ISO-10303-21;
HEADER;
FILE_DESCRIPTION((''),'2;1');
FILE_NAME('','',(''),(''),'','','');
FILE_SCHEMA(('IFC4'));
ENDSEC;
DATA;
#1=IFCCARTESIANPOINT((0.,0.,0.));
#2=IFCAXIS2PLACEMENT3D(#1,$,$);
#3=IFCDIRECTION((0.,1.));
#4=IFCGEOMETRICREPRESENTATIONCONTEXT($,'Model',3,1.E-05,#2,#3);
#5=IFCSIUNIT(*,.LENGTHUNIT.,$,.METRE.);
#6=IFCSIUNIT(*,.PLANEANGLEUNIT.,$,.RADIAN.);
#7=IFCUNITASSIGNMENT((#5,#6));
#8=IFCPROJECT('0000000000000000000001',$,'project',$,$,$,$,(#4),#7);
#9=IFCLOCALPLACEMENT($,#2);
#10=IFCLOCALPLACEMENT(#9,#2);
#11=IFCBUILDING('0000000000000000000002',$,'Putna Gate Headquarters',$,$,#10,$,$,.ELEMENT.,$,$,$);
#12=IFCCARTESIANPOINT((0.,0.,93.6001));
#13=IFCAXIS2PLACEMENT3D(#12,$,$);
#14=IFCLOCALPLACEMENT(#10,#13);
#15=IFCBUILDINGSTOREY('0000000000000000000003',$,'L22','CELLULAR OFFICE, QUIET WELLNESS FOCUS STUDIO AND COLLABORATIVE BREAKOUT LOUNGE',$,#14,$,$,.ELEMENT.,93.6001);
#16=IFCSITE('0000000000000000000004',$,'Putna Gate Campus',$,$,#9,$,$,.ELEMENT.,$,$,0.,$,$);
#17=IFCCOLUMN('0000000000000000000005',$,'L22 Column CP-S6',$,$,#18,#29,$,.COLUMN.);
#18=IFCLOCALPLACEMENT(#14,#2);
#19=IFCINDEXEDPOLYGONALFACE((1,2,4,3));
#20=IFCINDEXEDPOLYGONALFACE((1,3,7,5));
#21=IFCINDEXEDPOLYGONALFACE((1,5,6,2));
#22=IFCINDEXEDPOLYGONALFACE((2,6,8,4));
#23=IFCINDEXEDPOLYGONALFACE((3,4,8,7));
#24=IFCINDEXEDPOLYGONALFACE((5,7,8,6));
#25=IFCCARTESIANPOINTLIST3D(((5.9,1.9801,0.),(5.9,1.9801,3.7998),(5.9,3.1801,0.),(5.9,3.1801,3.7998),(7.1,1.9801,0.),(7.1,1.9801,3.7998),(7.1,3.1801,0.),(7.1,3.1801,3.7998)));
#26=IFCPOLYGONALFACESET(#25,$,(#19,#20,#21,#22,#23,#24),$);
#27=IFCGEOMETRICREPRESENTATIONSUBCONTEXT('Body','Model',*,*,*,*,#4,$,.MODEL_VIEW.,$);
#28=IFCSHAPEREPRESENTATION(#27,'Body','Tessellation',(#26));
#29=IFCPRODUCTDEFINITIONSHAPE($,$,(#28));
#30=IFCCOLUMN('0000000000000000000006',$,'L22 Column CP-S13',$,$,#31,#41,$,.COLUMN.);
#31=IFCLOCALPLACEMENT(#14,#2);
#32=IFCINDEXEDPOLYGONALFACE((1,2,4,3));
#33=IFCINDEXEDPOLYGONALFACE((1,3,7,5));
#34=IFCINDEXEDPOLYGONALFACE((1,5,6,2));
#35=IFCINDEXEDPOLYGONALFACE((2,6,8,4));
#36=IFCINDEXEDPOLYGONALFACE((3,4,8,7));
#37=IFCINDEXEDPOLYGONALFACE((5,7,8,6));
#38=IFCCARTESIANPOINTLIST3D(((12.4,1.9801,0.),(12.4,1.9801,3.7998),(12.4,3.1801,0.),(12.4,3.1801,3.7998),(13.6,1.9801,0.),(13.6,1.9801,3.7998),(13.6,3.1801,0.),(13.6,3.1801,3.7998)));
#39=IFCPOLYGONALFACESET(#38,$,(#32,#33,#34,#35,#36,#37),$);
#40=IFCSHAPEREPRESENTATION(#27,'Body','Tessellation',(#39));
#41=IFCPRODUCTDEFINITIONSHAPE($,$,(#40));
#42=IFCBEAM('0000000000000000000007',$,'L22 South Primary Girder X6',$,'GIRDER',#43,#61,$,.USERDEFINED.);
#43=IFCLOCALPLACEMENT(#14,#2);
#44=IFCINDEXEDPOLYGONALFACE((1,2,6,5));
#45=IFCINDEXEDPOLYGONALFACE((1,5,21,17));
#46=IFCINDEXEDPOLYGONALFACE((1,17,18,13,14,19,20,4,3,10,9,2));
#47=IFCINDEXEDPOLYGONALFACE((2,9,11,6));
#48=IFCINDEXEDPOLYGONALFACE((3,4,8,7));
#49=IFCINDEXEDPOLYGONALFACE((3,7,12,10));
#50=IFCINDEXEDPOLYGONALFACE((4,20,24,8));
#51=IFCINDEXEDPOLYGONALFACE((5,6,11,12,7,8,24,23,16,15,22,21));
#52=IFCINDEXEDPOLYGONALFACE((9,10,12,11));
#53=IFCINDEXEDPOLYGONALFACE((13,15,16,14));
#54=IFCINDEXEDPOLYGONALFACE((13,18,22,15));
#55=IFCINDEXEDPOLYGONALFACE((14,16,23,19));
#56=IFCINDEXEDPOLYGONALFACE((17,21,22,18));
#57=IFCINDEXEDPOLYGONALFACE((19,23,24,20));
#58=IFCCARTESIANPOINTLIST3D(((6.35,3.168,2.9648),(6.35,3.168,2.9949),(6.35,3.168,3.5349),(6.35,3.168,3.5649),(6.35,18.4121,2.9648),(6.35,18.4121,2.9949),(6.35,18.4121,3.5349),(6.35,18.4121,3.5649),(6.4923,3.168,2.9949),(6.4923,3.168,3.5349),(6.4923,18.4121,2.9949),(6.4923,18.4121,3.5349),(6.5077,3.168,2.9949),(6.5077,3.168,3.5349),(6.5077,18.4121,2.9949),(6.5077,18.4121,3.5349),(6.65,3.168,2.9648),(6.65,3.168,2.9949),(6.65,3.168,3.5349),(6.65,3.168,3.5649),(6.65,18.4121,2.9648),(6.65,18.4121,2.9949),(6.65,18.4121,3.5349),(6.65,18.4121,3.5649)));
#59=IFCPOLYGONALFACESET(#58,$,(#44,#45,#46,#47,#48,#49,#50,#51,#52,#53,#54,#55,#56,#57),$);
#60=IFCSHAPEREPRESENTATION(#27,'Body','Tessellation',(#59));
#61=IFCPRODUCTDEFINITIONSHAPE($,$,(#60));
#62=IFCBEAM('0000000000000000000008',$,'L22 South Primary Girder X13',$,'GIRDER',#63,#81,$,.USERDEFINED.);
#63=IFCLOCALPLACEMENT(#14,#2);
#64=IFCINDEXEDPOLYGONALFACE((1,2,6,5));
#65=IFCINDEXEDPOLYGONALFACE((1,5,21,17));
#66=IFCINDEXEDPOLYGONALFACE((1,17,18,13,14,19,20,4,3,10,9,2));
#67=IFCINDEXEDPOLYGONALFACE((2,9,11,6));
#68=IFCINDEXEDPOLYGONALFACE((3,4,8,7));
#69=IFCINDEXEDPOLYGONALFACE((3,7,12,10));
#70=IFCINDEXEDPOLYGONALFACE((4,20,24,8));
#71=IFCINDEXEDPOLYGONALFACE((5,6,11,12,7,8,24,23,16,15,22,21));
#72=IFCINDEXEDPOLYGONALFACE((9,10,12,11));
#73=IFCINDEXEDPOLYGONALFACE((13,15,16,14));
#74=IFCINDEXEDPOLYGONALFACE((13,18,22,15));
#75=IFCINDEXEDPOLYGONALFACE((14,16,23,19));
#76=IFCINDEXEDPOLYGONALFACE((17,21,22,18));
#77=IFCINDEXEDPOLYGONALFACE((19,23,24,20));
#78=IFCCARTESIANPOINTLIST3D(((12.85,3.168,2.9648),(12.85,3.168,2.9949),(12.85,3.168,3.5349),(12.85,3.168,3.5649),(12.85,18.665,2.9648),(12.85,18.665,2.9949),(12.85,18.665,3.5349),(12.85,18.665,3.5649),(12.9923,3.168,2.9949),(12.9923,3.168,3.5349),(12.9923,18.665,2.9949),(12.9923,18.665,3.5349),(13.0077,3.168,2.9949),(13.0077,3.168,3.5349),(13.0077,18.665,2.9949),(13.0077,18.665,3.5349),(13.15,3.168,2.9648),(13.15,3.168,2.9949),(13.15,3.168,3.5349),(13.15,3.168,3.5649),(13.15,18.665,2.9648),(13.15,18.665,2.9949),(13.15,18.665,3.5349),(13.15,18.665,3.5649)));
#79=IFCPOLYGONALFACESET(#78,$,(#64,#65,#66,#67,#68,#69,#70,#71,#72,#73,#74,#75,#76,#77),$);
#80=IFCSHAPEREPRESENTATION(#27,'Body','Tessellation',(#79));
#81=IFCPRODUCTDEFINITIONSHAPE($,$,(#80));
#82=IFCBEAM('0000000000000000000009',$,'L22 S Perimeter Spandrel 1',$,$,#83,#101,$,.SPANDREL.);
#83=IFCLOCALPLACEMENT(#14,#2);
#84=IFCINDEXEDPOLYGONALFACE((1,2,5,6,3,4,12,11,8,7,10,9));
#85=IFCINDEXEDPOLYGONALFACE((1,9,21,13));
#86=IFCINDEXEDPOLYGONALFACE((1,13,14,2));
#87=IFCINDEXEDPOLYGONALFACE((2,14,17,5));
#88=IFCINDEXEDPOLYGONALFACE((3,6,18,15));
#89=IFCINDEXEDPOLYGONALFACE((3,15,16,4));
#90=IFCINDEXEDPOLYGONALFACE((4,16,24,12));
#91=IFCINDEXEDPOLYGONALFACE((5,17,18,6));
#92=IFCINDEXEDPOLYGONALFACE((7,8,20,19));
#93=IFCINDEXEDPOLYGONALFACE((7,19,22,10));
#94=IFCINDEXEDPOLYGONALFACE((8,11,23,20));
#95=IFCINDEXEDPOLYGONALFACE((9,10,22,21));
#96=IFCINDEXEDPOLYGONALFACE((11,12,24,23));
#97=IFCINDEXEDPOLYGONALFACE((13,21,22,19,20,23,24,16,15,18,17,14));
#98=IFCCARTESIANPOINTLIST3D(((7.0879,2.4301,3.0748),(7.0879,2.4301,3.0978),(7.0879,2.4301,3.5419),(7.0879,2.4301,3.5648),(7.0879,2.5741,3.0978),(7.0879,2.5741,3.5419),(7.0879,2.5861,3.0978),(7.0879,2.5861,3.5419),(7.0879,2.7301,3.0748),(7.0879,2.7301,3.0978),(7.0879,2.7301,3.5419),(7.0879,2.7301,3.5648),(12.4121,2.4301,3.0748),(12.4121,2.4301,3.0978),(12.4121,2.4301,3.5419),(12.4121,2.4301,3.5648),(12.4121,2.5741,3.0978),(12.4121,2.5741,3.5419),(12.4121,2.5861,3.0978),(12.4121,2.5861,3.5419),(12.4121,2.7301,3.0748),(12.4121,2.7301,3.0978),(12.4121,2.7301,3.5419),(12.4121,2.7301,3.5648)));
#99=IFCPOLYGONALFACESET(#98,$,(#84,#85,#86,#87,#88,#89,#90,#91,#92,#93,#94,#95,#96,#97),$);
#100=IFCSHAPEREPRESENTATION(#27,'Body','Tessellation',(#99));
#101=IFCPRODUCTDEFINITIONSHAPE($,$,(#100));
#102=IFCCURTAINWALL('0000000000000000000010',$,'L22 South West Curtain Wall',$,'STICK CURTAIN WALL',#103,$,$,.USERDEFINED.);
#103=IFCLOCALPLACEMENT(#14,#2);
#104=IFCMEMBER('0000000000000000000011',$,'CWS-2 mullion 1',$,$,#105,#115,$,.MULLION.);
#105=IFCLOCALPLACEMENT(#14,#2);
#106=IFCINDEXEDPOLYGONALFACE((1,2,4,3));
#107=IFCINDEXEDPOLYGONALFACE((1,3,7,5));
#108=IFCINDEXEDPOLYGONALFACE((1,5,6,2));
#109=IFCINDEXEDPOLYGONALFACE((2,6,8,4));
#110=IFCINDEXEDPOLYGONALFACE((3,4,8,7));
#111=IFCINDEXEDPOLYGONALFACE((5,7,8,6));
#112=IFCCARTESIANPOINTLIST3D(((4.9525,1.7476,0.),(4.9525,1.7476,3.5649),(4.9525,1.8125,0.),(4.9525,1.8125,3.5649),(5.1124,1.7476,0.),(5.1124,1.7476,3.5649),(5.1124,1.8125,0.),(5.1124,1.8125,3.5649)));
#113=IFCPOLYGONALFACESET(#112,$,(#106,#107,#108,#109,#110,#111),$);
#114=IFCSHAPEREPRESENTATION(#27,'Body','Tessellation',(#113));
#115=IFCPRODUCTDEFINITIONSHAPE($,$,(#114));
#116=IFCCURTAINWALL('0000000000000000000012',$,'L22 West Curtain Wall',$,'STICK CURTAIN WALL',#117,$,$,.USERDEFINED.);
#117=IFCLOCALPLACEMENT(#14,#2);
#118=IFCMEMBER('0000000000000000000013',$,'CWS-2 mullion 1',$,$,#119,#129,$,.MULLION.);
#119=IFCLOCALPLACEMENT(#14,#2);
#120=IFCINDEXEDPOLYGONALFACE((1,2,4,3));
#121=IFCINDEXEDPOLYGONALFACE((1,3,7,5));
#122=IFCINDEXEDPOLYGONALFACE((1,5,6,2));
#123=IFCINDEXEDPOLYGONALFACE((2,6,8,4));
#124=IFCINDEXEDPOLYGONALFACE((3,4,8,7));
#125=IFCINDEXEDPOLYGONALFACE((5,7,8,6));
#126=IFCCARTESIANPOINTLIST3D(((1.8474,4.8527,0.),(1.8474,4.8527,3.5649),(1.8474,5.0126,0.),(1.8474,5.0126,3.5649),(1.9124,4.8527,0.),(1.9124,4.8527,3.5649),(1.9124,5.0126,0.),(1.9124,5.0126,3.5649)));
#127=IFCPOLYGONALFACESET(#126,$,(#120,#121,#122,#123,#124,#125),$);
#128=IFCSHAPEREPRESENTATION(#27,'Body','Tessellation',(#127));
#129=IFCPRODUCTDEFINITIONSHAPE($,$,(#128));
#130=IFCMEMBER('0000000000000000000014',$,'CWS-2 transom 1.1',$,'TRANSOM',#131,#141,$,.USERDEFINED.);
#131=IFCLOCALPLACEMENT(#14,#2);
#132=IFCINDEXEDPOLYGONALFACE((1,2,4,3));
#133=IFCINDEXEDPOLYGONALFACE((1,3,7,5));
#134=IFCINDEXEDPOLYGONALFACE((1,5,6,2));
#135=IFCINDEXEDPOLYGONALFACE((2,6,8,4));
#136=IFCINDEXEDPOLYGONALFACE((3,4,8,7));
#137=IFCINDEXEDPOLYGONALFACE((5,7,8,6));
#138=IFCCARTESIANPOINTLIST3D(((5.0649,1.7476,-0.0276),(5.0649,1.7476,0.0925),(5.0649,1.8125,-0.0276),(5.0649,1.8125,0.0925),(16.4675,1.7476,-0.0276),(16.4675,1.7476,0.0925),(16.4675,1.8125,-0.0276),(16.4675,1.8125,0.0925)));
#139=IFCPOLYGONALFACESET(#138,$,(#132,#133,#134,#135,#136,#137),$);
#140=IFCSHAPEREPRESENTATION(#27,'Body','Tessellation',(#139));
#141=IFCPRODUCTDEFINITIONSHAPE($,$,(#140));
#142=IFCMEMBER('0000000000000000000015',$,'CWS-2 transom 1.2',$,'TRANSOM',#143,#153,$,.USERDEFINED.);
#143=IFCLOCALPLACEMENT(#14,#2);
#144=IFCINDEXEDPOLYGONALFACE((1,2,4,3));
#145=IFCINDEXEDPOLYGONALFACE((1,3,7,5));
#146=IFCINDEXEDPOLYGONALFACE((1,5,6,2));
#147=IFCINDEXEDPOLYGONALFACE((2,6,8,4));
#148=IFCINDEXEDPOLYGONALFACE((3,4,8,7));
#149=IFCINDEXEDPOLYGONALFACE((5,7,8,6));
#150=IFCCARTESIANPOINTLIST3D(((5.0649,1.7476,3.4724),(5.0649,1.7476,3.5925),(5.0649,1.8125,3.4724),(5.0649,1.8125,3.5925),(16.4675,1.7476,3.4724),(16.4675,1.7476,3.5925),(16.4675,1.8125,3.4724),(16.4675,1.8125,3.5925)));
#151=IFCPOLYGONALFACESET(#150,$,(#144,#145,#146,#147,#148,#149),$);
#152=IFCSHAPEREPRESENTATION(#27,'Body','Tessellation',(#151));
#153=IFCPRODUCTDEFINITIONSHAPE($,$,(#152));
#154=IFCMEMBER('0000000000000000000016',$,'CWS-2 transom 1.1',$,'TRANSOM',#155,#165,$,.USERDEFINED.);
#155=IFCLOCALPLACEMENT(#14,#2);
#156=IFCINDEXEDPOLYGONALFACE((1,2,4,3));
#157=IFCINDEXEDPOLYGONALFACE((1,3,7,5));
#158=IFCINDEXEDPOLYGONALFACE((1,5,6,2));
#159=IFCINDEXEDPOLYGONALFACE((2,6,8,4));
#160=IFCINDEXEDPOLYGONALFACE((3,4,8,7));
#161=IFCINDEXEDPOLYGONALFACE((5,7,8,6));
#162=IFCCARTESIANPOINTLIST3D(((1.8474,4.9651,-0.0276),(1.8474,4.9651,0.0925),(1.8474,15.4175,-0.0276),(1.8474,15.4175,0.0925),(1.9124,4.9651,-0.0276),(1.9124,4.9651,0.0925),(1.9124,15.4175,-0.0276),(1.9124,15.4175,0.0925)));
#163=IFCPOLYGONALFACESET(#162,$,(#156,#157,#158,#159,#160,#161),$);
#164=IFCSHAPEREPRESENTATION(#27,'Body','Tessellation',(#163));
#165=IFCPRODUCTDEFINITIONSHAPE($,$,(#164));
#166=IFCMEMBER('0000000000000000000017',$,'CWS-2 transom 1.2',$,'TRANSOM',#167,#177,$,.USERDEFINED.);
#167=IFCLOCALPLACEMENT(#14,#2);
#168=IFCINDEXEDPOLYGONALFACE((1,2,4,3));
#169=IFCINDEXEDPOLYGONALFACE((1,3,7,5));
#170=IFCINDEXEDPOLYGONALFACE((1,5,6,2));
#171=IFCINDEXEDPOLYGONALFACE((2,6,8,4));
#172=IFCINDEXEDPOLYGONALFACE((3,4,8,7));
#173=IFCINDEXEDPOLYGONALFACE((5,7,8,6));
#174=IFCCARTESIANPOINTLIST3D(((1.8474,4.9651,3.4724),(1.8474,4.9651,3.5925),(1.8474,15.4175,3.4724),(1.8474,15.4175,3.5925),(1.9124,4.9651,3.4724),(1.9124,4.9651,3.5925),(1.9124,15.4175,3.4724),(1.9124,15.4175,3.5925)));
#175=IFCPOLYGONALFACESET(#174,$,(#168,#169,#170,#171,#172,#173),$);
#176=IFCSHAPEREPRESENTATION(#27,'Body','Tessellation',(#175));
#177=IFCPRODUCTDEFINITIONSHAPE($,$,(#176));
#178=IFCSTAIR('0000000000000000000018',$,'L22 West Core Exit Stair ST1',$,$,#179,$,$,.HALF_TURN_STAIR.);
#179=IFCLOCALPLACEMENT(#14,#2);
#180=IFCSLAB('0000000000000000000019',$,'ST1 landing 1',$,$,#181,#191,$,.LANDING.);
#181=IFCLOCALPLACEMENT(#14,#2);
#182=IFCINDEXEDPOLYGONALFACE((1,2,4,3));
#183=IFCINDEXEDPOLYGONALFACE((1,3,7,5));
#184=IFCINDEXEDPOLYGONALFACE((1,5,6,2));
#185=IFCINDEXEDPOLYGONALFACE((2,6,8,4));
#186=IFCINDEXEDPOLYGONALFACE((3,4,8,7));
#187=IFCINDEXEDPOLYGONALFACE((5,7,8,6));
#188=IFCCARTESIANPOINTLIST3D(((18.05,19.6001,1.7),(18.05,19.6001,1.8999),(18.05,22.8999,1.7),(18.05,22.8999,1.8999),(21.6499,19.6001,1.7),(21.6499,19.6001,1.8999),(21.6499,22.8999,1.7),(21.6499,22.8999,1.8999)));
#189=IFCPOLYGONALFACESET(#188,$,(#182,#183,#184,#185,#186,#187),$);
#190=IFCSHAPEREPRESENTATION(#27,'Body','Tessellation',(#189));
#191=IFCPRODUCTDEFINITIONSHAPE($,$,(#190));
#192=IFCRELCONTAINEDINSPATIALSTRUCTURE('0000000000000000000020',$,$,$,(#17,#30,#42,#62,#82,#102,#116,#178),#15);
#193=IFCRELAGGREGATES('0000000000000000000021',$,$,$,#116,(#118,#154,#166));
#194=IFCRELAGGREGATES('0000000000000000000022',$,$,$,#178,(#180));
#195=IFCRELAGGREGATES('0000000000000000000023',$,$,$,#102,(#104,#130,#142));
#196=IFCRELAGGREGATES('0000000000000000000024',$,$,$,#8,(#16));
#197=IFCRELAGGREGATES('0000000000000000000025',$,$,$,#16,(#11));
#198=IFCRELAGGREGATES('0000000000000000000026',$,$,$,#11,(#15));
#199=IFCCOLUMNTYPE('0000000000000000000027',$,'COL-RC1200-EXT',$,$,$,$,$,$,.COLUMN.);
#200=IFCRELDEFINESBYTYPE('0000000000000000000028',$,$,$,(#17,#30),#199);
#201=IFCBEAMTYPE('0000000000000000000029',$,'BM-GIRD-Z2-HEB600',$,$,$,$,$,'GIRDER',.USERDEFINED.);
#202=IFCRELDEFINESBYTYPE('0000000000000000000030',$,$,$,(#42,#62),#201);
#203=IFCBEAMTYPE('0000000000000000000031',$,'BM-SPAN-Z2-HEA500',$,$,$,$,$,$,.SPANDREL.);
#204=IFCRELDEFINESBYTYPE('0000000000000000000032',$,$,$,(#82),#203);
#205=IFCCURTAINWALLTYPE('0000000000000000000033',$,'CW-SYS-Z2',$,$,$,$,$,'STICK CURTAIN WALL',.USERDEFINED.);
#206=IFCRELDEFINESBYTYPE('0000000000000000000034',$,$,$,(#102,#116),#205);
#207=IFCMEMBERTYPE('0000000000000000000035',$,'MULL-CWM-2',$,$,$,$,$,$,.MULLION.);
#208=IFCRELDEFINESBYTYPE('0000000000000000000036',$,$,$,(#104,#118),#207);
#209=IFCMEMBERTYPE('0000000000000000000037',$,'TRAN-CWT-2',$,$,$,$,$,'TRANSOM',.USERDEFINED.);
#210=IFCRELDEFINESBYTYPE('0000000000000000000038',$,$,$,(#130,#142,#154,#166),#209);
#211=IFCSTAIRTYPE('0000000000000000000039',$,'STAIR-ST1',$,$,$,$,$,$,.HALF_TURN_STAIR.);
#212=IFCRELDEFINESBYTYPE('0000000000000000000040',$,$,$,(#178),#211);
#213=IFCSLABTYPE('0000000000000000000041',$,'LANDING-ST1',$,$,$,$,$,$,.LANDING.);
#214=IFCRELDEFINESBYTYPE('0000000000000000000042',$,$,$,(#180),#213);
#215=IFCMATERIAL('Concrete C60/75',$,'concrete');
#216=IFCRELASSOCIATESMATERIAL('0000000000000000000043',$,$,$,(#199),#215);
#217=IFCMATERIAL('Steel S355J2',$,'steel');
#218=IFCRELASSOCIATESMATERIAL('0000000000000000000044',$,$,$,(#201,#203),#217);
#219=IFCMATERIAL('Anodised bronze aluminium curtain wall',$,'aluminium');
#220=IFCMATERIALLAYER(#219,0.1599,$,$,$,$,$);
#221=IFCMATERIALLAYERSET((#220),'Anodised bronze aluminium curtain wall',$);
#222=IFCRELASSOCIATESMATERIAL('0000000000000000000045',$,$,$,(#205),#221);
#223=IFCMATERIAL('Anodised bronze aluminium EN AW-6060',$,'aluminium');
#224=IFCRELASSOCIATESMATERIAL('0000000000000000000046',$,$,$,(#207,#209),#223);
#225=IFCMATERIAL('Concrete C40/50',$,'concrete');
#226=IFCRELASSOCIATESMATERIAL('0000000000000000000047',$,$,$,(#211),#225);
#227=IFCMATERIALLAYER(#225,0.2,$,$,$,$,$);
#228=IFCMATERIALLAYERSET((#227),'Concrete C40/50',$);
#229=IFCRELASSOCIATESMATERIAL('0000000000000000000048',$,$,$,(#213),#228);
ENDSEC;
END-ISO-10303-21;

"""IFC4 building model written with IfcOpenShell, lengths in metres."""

from ifc_helpers import new_model, si_unit, direction, frame, origin, origin_2d, place, context, subcontext, project, spatial, polyline, rectangle, i_section, outline, extrude, material, layer, layer_set, material_profile, profile_set, type_object, element, aggregate, save


model = new_model("IFC4")

# Units and contexts
model_context = context("Model", 3, precision=1e-05, world=origin(), true_north=direction((0.0, 1.0)))
body_context = subcontext(model_context, "Body", "Model", "MODEL_VIEW")
ifc_project = project(units=[si_unit("LENGTHUNIT", "METRE"), si_unit("PLANEANGLEUNIT", "RADIAN")], contexts=[model_context])

# Site, building, storey
site_placement = place(None, origin())
site = spatial("IfcSite", under=ifc_project, at=site_placement, Name="Putna Gate Campus", CompositionType="ELEMENT", RefElevation=0.0)
building_placement = place(site_placement, origin())
building = spatial("IfcBuilding", under=site, at=building_placement, Name="Putna Gate Headquarters", CompositionType="ELEMENT")
storey_placement = place(building_placement, frame((0.0, 0.0, 93.6001)))
storey = spatial("IfcBuildingStorey", under=building, at=storey_placement, Name="L22", Description="CELLULAR OFFICE, QUIET WELLNESS FOCUS STUDIO AND COLLABORATIVE BREAKOUT LOUNGE", CompositionType="ELEMENT", Elevation=93.6001)

# Columns
ifc_material_1 = material(Name="Concrete C60/75", Category="concrete")
ifc_material_profile_1 = material_profile(ifc_material_1, rectangle(XDim=1.2, YDim=1.2, at=origin_2d()), Name="Concrete C60/75")
ifc_profile_set_1 = profile_set([ifc_material_profile_1], Name="Concrete C60/75")
column_type = type_object("IfcColumnType", Name="COL-RC1200-EXT", PredefinedType="COLUMN", material=ifc_profile_set_1)
for number, where, z_axis, x_axis, name in (
    (1, (6.5, 2.5801, 0.0), (0.0, 0.0, 1.0), (1.0, 0.0, 0.0), "L22 Column CP-S6"),
    (2, (13.0, 2.5801, 0.0), (0.0, 0.0, 1.0), (1.0, 0.0, 0.0), "L22 Column CP-S13"),
):
    element("IfcColumn", number, at=place(storey_placement, frame(where, z_axis=z_axis, x_axis=x_axis)), inside=storey, type_object=column_type, Name=name, PredefinedType="COLUMN", context=body_context, shape_type="SweptSolid", body=[
        extrude(rectangle(XDim=1.2, YDim=1.2, at=origin_2d()), origin(), (0.0, 0.0, 1.0), 3.7998),
    ])

# Beams
ifc_material_2 = material(Name="Steel S355J2", Category="steel")
ifc_material_profile_2 = material_profile(ifc_material_2, i_section(OverallWidth=0.3, OverallDepth=0.6001, WebThickness=0.0154, FlangeThickness=0.03, at=origin_2d()), Name="Steel S355J2")
ifc_profile_set_2 = profile_set([ifc_material_profile_2], Name="Steel S355J2")
beam_type_1 = type_object("IfcBeamType", Name="BM-GIRD-Z2-HEB600", ElementType="GIRDER", PredefinedType="USERDEFINED", material=ifc_profile_set_2)
beam_1_placement = place(storey_placement, frame((6.5, 3.168, 3.2649), z_axis=(0.0, 1.0, 0.0), x_axis=(-1.0, 0.0, 0.0)))
element("IfcBeam", 3, at=beam_1_placement, inside=storey, type_object=beam_type_1, Name="L22 South Primary Girder X6", ObjectType="GIRDER", PredefinedType="USERDEFINED", context=body_context, shape_type="SweptSolid", body=[
    extrude(i_section(OverallWidth=0.3, OverallDepth=0.6001, WebThickness=0.0154, FlangeThickness=0.03, at=origin_2d()), origin(), (0.0, 0.0, 1.0), 15.2441),
])
beam_2_placement = place(storey_placement, frame((13.0, 3.168, 3.2649), z_axis=(0.0, 1.0, 0.0), x_axis=(-1.0, 0.0, 0.0)))
element("IfcBeam", 4, at=beam_2_placement, inside=storey, type_object=beam_type_1, Name="L22 South Primary Girder X13", ObjectType="GIRDER", PredefinedType="USERDEFINED", context=body_context, shape_type="SweptSolid", body=[
    extrude(i_section(OverallWidth=0.3, OverallDepth=0.6001, WebThickness=0.0154, FlangeThickness=0.03, at=origin_2d()), origin(), (0.0, 0.0, 1.0), 15.4971),
])
ifc_material_profile_3 = material_profile(ifc_material_2, i_section(OverallWidth=0.3, OverallDepth=0.49, WebThickness=0.012, FlangeThickness=0.0229, at=origin_2d()), Name="Steel S355J2")
ifc_profile_set_3 = profile_set([ifc_material_profile_3], Name="Steel S355J2")
beam_type_2 = type_object("IfcBeamType", Name="BM-SPAN-Z2-HEA500", PredefinedType="SPANDREL", material=ifc_profile_set_3)
beam_3_placement = place(storey_placement, frame((7.0879, 2.5801, 3.3198), z_axis=(1.0, 0.0, 0.0), x_axis=(0.0, 1.0, 0.0)))
element("IfcBeam", 5, at=beam_3_placement, inside=storey, type_object=beam_type_2, Name="L22 S Perimeter Spandrel 1", PredefinedType="SPANDREL", context=body_context, shape_type="SweptSolid", body=[
    extrude(i_section(OverallWidth=0.3, OverallDepth=0.49, WebThickness=0.012, FlangeThickness=0.0229, at=origin_2d()), origin(), (0.0, 0.0, 1.0), 5.3242),
])

# Curtain walls, members
ifc_material_3 = material(Name="Anodised bronze aluminium curtain wall", Category="aluminium")
ifc_layer_1 = layer(ifc_material_3, 0.1599)
ifc_layer_set_1 = layer_set([ifc_layer_1], Name="Anodised bronze aluminium curtain wall")
curtain_wall_type = type_object("IfcCurtainWallType", Name="CW-SYS-Z2", ElementType="STICK CURTAIN WALL", PredefinedType="USERDEFINED", material=ifc_layer_set_1)
curtain_wall_1_placement = place(storey_placement, origin())
curtain_wall_1 = element("IfcCurtainWall", 6, at=curtain_wall_1_placement, inside=storey, type_object=curtain_wall_type, Name="L22 South West Curtain Wall", ObjectType="STICK CURTAIN WALL", PredefinedType="USERDEFINED")
ifc_material_4 = material(Name="Anodised bronze aluminium EN AW-6060", Category="aluminium")
ifc_material_profile_4 = material_profile(ifc_material_4, rectangle(XDim=0.0649, YDim=0.1599, at=origin_2d()), Name="Anodised bronze aluminium EN AW-6060")
ifc_profile_set_4 = profile_set([ifc_material_profile_4], Name="Anodised bronze aluminium EN AW-6060")
member_type_1 = type_object("IfcMemberType", Name="MULL-CWM-2", PredefinedType="MULLION", material=ifc_profile_set_4)
member_1_placement = place(storey_placement, frame((5.0325, 1.78, 0.0), z_axis=(0.0, 0.0, 1.0), x_axis=(0.0, 1.0, 0.0)))
member_1 = element("IfcMember", 7, at=member_1_placement, type_object=member_type_1, Name="CWS-2 mullion 1", PredefinedType="MULLION", context=body_context, shape_type="SweptSolid", body=[
    extrude(rectangle(XDim=0.0649, YDim=0.1599, at=origin_2d()), origin(), (0.0, 0.0, 1.0), 3.5649),
])
curtain_wall_2_placement = place(storey_placement, origin())
curtain_wall_2 = element("IfcCurtainWall", 8, at=curtain_wall_2_placement, inside=storey, type_object=curtain_wall_type, Name="L22 West Curtain Wall", ObjectType="STICK CURTAIN WALL", PredefinedType="USERDEFINED")
member_2_placement = place(storey_placement, frame((1.8799, 4.9326, 0.0), z_axis=(0.0, 0.0, 1.0), x_axis=(-1.0, 0.0, 0.0)))
member_2 = element("IfcMember", 9, at=member_2_placement, type_object=member_type_1, Name="CWS-2 mullion 1", PredefinedType="MULLION", context=body_context, shape_type="SweptSolid", body=[
    extrude(rectangle(XDim=0.0649, YDim=0.1599, at=origin_2d()), origin(), (0.0, 0.0, 1.0), 3.5649),
])

# Members
ifc_material_profile_5 = material_profile(ifc_material_4, rectangle(XDim=0.0649, YDim=0.1201, at=origin_2d()), Name="Anodised bronze aluminium EN AW-6060")
ifc_profile_set_5 = profile_set([ifc_material_profile_5], Name="Anodised bronze aluminium EN AW-6060")
member_type_2 = type_object("IfcMemberType", Name="TRAN-CWT-2", ElementType="TRANSOM", PredefinedType="USERDEFINED", material=ifc_profile_set_5)
member_3_placement = place(storey_placement, frame((5.0649, 1.78, 0.0325), z_axis=(1.0, 0.0, 0.0), x_axis=(0.0, 1.0, 0.0)))
member_3 = element("IfcMember", 10, at=member_3_placement, type_object=member_type_2, Name="CWS-2 transom 1.1", ObjectType="TRANSOM", PredefinedType="USERDEFINED", context=body_context, shape_type="SweptSolid", body=[
    extrude(rectangle(XDim=0.0649, YDim=0.1201, at=origin_2d()), origin(), (0.0, 0.0, 1.0), 11.4026),
])
member_4_placement = place(storey_placement, frame((5.0649, 1.78, 3.5325), z_axis=(1.0, 0.0, 0.0), x_axis=(0.0, 1.0, 0.0)))
member_4 = element("IfcMember", 11, at=member_4_placement, type_object=member_type_2, Name="CWS-2 transom 1.2", ObjectType="TRANSOM", PredefinedType="USERDEFINED", context=body_context, shape_type="SweptSolid", body=[
    extrude(rectangle(XDim=0.0649, YDim=0.1201, at=origin_2d()), origin(), (0.0, 0.0, 1.0), 11.4026),
])
member_5_placement = place(storey_placement, frame((1.8799, 4.9651, 0.0325), z_axis=(0.0, 1.0, 0.0), x_axis=(-1.0, 0.0, 0.0)))
member_5 = element("IfcMember", 12, at=member_5_placement, type_object=member_type_2, Name="CWS-2 transom 1.1", ObjectType="TRANSOM", PredefinedType="USERDEFINED", context=body_context, shape_type="SweptSolid", body=[
    extrude(rectangle(XDim=0.0649, YDim=0.1201, at=origin_2d()), origin(), (0.0, 0.0, 1.0), 10.4524),
])
member_6_placement = place(storey_placement, frame((1.8799, 4.9651, 3.5325), z_axis=(0.0, 1.0, 0.0), x_axis=(-1.0, 0.0, 0.0)))
member_6 = element("IfcMember", 13, at=member_6_placement, type_object=member_type_2, Name="CWS-2 transom 1.2", ObjectType="TRANSOM", PredefinedType="USERDEFINED", context=body_context, shape_type="SweptSolid", body=[
    extrude(rectangle(XDim=0.0649, YDim=0.1201, at=origin_2d()), origin(), (0.0, 0.0, 1.0), 10.4524),
])
aggregate(curtain_wall_2, [member_2, member_5, member_6])

# Stair, slab
ifc_material_5 = material(Name="Concrete C40/50", Category="concrete")
stair_type_1 = type_object("IfcStairType", Name="STAIR-ST1", PredefinedType="HALF_TURN_STAIR", material=ifc_material_5)
stair_1_placement = place(storey_placement, origin())
stair_1 = element("IfcStair", 14, at=stair_1_placement, inside=storey, type_object=stair_type_1, Name="L22 West Core Exit Stair ST1", PredefinedType="HALF_TURN_STAIR")
ifc_layer_2 = layer(ifc_material_5, 0.2)
ifc_layer_set_2 = layer_set([ifc_layer_2], Name="Concrete C40/50")
slab_type_1 = type_object("IfcSlabType", Name="LANDING-ST1", PredefinedType="LANDING", material=ifc_layer_set_2)
slab_1_placement = place(storey_placement, frame((0.0, 0.0, 1.7)))
slab_1 = element("IfcSlab", 15, at=slab_1_placement, type_object=slab_type_1, Name="ST1 landing 1", PredefinedType="LANDING", context=body_context, shape_type="SweptSolid", body=[
    extrude(outline(polyline([(18.05, 19.6001), (21.6499, 19.6001), (21.6499, 22.8999), (18.05, 22.8999), (18.05, 19.6001)])), origin(), (0.0, 0.0, 1.0), 0.2),
])
aggregate(stair_1, [slab_1])

aggregate(curtain_wall_1, [member_1, member_3, member_4])

save(model, "model.ifc")
